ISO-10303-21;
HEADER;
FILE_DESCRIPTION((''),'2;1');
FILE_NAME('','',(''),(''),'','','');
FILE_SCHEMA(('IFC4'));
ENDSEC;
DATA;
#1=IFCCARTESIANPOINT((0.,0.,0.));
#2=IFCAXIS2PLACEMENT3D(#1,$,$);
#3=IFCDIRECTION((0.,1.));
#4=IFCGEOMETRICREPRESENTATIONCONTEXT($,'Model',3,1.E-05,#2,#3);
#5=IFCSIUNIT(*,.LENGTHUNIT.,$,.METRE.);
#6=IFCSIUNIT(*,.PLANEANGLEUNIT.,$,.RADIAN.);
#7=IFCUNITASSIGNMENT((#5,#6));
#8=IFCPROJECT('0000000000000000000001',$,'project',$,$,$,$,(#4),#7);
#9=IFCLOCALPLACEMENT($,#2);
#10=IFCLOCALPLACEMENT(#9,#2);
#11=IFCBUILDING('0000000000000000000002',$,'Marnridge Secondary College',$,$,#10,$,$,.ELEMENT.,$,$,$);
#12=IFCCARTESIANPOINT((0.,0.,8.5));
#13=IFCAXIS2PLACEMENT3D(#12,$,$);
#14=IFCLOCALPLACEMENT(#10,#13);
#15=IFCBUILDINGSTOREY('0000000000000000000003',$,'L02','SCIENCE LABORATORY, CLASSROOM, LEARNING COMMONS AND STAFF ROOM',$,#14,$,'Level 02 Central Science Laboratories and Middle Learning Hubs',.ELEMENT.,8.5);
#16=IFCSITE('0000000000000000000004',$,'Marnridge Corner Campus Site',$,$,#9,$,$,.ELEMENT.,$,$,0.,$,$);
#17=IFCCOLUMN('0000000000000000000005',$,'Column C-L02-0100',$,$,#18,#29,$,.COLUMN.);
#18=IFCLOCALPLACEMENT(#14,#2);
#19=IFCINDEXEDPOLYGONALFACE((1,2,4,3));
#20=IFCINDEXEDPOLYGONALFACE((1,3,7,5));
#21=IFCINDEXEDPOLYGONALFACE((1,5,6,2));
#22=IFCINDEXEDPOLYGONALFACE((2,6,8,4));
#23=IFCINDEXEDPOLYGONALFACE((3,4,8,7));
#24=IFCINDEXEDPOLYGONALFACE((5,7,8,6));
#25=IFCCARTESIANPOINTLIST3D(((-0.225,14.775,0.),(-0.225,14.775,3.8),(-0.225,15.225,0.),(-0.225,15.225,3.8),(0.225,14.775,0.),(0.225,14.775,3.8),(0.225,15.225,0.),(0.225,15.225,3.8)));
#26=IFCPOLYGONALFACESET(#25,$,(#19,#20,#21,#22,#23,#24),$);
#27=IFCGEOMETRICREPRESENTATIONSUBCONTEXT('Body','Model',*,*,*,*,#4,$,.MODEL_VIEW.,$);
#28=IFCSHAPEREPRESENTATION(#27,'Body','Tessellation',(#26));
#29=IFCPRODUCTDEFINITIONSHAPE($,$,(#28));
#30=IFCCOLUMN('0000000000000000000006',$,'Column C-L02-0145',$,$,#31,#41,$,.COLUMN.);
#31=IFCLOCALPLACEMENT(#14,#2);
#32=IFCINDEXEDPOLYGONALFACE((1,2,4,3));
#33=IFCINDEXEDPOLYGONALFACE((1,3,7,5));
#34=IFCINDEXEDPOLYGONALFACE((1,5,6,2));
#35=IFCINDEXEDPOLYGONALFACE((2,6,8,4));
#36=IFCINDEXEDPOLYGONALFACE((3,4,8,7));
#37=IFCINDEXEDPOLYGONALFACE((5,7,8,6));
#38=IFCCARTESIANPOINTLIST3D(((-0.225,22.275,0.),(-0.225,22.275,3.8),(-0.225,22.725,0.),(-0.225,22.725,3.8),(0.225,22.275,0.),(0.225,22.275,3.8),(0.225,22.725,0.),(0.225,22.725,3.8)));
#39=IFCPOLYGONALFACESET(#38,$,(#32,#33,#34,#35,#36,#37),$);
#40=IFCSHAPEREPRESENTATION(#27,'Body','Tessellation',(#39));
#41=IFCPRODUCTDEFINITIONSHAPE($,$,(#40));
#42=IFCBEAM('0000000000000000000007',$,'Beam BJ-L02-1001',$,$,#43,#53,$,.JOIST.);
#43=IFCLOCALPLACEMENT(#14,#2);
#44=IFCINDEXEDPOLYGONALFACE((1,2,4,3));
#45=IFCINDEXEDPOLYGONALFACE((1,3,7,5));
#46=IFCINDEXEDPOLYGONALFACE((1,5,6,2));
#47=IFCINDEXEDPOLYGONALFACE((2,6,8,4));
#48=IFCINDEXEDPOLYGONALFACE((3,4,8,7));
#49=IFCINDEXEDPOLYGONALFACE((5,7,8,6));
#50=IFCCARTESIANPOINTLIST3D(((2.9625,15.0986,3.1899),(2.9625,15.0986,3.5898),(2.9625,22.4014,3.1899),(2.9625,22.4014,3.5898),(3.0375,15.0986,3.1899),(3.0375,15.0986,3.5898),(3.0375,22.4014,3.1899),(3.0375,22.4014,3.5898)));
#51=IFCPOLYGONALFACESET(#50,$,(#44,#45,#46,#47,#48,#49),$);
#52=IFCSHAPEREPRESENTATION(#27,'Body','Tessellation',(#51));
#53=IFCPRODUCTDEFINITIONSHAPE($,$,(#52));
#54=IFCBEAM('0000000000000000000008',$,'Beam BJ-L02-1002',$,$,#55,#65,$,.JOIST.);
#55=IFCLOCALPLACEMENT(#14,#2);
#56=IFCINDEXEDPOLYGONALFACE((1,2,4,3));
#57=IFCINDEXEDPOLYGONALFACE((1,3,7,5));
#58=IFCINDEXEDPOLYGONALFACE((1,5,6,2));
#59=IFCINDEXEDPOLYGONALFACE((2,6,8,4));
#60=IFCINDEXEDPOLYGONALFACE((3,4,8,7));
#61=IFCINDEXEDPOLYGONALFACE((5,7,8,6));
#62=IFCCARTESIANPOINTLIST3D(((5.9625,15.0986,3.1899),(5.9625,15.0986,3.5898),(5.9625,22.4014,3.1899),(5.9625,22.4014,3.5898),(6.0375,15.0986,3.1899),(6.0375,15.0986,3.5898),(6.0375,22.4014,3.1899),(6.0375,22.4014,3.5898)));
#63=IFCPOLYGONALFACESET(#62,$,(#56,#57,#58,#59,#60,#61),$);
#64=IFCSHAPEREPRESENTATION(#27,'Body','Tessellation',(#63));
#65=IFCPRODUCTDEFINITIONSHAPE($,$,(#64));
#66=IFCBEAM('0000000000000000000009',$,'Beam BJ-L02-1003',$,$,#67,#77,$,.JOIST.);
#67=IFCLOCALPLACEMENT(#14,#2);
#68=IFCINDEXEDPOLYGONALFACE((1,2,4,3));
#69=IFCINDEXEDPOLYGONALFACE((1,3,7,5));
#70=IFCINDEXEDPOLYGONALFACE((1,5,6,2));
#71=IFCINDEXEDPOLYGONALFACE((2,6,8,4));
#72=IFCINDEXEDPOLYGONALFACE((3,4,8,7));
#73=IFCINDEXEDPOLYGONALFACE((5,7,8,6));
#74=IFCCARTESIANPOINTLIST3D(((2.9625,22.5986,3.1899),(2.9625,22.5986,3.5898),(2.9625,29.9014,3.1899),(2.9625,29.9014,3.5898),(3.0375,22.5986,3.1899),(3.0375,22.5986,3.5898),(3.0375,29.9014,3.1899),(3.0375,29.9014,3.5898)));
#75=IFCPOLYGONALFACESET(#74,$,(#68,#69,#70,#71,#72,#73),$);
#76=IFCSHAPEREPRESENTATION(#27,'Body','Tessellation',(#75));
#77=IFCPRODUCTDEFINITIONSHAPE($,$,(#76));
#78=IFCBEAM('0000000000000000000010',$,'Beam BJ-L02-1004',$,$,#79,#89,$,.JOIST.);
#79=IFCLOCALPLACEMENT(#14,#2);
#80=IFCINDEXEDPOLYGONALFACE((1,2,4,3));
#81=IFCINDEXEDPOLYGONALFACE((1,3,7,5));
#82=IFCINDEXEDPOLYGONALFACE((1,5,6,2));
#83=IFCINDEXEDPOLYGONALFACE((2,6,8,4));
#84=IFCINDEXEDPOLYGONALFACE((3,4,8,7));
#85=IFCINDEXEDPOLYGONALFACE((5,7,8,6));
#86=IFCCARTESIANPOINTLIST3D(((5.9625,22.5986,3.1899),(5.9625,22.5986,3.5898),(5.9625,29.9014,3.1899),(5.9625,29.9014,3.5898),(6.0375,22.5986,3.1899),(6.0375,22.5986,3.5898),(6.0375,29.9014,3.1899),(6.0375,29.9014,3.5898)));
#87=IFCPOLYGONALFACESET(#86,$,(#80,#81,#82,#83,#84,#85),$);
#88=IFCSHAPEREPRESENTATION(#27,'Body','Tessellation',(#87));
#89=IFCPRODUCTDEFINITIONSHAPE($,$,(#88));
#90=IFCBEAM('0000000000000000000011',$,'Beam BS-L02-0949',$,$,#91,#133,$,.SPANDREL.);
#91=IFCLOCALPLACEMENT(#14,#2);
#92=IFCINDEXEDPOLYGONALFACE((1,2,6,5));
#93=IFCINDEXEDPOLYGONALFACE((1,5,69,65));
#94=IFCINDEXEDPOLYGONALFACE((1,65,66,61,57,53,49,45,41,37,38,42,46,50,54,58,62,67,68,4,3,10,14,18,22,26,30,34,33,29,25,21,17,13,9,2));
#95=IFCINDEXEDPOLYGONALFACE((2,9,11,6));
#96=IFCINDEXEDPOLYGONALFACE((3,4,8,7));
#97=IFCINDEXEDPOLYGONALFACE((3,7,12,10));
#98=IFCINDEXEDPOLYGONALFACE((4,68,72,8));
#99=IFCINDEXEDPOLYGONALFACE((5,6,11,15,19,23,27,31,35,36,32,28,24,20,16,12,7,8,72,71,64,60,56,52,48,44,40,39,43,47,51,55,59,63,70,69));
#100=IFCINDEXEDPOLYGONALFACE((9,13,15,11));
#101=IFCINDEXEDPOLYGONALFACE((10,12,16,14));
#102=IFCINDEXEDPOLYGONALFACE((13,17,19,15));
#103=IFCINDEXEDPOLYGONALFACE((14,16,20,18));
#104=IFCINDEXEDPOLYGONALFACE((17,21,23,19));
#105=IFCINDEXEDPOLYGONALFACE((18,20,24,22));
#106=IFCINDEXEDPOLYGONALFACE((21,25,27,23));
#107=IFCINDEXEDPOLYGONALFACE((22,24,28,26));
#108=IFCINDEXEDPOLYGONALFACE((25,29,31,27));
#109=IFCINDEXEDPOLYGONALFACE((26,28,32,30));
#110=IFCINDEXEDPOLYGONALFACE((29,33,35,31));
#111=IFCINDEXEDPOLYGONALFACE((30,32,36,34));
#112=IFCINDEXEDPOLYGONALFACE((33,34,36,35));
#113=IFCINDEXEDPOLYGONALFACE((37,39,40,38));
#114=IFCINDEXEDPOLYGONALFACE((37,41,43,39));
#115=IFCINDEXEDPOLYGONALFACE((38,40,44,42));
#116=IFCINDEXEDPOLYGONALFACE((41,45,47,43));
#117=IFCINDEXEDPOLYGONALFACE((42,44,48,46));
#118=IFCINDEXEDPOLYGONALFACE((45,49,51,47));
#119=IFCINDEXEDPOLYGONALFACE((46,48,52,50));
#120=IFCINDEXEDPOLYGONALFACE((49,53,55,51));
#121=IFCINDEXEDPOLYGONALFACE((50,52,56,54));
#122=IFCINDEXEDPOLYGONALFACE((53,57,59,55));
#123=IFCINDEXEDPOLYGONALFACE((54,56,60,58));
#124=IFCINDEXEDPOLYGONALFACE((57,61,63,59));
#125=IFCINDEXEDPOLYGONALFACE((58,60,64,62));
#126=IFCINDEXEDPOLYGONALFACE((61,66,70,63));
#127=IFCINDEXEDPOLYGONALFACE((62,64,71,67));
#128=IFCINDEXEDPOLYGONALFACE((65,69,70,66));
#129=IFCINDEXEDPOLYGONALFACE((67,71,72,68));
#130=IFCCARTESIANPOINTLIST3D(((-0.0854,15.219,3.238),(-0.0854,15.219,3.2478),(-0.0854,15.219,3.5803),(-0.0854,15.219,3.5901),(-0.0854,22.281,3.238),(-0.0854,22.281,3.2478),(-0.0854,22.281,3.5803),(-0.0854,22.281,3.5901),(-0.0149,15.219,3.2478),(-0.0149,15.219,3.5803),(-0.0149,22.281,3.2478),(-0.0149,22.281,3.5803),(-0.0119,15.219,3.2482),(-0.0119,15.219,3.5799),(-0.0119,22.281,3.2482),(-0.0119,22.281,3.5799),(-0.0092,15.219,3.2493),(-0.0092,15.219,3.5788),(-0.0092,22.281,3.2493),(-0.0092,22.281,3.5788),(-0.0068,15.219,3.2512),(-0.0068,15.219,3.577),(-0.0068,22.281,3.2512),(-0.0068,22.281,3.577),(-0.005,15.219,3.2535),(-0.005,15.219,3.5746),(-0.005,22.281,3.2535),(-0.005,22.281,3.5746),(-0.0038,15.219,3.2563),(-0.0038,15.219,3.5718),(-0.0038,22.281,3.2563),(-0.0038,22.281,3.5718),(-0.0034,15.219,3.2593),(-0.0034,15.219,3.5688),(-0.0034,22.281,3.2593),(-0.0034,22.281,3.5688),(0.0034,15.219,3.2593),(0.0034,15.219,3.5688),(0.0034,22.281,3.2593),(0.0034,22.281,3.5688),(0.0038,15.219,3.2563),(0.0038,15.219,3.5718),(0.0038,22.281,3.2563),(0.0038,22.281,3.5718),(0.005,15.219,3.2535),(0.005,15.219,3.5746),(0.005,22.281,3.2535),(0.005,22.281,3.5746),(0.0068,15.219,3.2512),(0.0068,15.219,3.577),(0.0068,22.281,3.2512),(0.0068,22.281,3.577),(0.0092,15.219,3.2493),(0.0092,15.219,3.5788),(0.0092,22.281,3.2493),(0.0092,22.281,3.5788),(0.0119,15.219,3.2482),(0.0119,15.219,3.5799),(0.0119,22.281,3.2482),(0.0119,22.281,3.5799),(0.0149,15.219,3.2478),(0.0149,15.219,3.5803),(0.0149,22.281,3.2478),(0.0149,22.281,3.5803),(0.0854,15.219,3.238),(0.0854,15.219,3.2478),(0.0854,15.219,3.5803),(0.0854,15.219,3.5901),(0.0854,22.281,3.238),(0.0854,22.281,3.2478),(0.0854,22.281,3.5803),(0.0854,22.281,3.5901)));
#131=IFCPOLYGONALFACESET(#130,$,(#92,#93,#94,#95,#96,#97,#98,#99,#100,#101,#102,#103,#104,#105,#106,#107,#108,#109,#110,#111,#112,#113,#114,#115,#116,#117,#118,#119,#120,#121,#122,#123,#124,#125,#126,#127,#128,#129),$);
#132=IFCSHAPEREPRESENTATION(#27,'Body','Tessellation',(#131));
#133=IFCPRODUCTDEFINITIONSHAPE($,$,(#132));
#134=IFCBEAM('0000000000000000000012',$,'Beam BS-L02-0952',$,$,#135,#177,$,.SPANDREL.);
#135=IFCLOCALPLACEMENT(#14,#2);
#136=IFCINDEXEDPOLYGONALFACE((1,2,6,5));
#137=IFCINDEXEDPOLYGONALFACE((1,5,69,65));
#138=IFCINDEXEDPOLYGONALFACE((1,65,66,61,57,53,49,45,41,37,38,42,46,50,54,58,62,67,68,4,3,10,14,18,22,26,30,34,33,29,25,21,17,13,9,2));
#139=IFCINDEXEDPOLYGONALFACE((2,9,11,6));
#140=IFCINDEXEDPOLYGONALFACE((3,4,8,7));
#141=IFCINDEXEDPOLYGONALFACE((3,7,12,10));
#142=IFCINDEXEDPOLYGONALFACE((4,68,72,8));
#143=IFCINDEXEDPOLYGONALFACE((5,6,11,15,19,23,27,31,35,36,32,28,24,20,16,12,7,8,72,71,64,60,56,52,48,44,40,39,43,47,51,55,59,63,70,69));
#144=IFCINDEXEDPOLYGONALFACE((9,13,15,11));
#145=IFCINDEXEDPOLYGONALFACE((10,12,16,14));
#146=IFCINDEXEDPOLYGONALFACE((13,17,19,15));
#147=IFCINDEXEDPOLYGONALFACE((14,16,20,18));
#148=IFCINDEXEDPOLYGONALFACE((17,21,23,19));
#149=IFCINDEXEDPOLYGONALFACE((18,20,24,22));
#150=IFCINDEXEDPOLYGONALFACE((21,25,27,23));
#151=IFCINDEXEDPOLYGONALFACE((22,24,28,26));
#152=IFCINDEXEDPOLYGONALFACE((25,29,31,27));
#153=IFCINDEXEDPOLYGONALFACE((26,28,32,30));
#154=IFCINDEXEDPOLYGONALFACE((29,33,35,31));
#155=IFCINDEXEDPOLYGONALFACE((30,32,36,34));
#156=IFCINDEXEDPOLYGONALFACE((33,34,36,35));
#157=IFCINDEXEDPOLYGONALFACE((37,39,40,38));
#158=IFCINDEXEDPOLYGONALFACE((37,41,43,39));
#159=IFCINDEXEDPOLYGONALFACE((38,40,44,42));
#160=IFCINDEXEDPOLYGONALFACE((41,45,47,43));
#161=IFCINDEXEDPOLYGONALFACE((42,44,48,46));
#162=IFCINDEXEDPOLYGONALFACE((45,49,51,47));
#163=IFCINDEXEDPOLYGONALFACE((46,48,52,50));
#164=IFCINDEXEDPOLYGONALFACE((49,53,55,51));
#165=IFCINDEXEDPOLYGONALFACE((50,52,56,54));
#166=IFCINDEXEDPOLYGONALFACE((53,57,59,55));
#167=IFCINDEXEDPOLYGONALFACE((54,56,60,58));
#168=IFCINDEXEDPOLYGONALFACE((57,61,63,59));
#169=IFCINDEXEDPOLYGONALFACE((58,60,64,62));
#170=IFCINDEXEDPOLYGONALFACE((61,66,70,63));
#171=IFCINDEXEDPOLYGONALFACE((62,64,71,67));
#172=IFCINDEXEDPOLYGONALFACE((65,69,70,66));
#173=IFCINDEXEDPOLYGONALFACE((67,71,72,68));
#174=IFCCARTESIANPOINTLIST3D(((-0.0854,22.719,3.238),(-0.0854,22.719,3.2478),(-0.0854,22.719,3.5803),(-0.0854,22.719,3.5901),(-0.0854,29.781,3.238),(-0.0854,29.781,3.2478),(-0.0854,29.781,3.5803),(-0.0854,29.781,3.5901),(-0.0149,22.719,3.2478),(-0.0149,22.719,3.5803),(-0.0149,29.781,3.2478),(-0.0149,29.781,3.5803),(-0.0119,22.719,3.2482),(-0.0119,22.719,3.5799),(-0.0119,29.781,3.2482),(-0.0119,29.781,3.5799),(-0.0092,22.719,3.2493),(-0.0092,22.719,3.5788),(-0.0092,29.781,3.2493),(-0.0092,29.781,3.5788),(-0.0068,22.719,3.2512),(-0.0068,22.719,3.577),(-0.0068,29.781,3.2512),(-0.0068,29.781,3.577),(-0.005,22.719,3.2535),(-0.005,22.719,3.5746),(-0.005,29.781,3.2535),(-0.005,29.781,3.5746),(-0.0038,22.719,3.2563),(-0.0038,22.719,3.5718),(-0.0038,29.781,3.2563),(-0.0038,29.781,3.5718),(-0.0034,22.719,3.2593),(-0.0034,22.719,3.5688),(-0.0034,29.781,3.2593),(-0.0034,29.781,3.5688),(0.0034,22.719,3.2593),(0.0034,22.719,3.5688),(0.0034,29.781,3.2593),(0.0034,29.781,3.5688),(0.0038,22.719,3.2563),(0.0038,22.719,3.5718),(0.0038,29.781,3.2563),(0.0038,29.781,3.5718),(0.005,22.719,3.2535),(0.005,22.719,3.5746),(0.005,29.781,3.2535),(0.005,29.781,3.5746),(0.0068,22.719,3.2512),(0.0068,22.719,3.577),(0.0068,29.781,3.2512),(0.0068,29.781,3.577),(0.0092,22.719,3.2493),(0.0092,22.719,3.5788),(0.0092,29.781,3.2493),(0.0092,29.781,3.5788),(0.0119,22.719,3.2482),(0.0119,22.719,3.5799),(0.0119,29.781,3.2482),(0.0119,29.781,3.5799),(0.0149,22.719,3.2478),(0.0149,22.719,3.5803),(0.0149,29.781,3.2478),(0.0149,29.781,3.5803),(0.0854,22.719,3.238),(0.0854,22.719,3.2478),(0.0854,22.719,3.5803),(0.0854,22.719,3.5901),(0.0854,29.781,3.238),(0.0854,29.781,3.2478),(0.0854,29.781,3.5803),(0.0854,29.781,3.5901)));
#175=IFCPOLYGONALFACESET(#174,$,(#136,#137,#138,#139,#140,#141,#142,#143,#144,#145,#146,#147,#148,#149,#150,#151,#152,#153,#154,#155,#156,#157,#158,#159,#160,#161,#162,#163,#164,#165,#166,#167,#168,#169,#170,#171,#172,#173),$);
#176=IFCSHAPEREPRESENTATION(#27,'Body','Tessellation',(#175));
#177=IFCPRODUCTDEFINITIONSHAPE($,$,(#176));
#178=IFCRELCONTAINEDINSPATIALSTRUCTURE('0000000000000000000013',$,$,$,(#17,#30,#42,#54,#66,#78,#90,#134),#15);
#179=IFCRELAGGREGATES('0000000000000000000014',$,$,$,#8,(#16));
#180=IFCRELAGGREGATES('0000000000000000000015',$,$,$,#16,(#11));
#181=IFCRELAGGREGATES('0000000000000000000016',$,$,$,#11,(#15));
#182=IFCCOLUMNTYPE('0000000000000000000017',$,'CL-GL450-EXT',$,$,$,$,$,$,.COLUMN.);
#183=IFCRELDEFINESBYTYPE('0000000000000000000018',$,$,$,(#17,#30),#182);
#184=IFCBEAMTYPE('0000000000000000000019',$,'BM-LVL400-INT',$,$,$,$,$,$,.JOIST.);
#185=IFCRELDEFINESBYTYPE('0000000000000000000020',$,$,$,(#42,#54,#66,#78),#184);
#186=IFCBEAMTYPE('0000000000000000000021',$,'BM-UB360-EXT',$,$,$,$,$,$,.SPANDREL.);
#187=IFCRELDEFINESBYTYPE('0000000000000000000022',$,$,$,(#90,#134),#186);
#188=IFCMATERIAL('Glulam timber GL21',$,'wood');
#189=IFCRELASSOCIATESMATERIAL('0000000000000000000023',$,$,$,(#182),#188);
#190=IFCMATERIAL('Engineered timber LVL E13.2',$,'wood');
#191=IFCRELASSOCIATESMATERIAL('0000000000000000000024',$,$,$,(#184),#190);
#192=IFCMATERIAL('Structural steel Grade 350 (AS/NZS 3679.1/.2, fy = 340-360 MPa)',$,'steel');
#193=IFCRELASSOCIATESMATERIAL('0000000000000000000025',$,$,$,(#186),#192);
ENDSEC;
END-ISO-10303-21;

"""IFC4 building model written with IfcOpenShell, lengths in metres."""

from ifc_helpers import new_model, si_unit, direction, frame, origin, origin_2d, place, context, subcontext, project, spatial, rectangle, i_section, extrude, material, material_profile, profile_set, type_object, element, save


model = new_model("IFC4")

# Units and contexts
model_context = context("Model", 3, precision=1e-05, world=origin(), true_north=direction((0.0, 1.0)))
body_context = subcontext(model_context, "Body", "Model", "MODEL_VIEW")
ifc_project = project(units=[si_unit("LENGTHUNIT", "METRE"), si_unit("PLANEANGLEUNIT", "RADIAN")], contexts=[model_context])

# Site, building, storey
site_placement = place(None, origin())
site = spatial("IfcSite", under=ifc_project, at=site_placement, Name="Marnridge Corner Campus Site", CompositionType="ELEMENT", RefElevation=0.0)
building_placement = place(site_placement, origin())
building = spatial("IfcBuilding", under=site, at=building_placement, Name="Marnridge Secondary College", CompositionType="ELEMENT")
storey_placement = place(building_placement, frame((0.0, 0.0, 8.5)))
storey = spatial("IfcBuildingStorey", under=building, at=storey_placement, Name="L02", Description="SCIENCE LABORATORY, CLASSROOM, LEARNING COMMONS AND STAFF ROOM", LongName="Level 02 Central Science Laboratories and Middle Learning Hubs", CompositionType="ELEMENT", Elevation=8.5)

# Columns
ifc_material_1 = material(Name="Glulam timber GL21", Category="wood")
ifc_material_profile_1 = material_profile(ifc_material_1, rectangle(XDim=0.45, YDim=0.45, at=origin_2d()), Name="GL21 450x450")
ifc_profile_set_1 = profile_set([ifc_material_profile_1], Name="Glulam timber GL21")
column_type = type_object("IfcColumnType", Name="CL-GL450-EXT", PredefinedType="COLUMN", material=ifc_profile_set_1)
for number, where, z_axis, x_axis, name in (
    (1, (0.0, 15.0, 0.0), (0.0, 0.0, 1.0), (1.0, 0.0, 0.0), "Column C-L02-0100"),
    (2, (0.0, 22.5, 0.0), (0.0, 0.0, 1.0), (1.0, 0.0, 0.0), "Column C-L02-0145"),
):
    element("IfcColumn", number, at=place(storey_placement, frame(where, z_axis=z_axis, x_axis=x_axis)), inside=storey, type_object=column_type, Name=name, PredefinedType="COLUMN", context=body_context, shape_type="SweptSolid", body=[
        extrude(rectangle(XDim=0.45, YDim=0.45, at=origin_2d()), origin(), (0.0, 0.0, 1.0), 3.8),
    ])

# Beams
ifc_material_2 = material(Name="Engineered timber LVL E13.2", Category="wood")
ifc_material_profile_2 = material_profile(ifc_material_2, rectangle(XDim=0.075, YDim=0.3999, at=origin_2d()), Name="LVL 75x400")
ifc_profile_set_2 = profile_set([ifc_material_profile_2], Name="Engineered timber LVL E13.2")
beam_type_1 = type_object("IfcBeamType", Name="BM-LVL400-INT", PredefinedType="JOIST", material=ifc_profile_set_2)
for number, where, z_axis, x_axis, name in (
    (3, (3.0, 15.0986, 3.3899), (0.0, 1.0, 0.0), (-1.0, 0.0, 0.0), "Beam BJ-L02-1001"),
    (4, (6.0, 15.0986, 3.3899), (0.0, 1.0, 0.0), (-1.0, 0.0, 0.0), "Beam BJ-L02-1002"),
    (5, (3.0, 22.5986, 3.3899), (0.0, 1.0, 0.0), (-1.0, 0.0, 0.0), "Beam BJ-L02-1003"),
    (6, (6.0, 22.5986, 3.3899), (0.0, 1.0, 0.0), (-1.0, 0.0, 0.0), "Beam BJ-L02-1004"),
):
    element("IfcBeam", number, at=place(storey_placement, frame(where, z_axis=z_axis, x_axis=x_axis)), inside=storey, type_object=beam_type_1, Name=name, PredefinedType="JOIST", context=body_context, shape_type="SweptSolid", body=[
        extrude(rectangle(XDim=0.075, YDim=0.3999, at=origin_2d()), origin(), (0.0, 0.0, 1.0), 7.3027),
    ])
ifc_material_3 = material(Name="Structural steel Grade 350 (AS/NZS 3679.1/.2, fy = 340-360 MPa)", Category="steel")
ifc_material_profile_3 = material_profile(ifc_material_3, i_section(OverallWidth=0.1709, OverallDepth=0.3521, WebThickness=0.0068, FlangeThickness=0.0098, FilletRadius=0.0115, at=origin_2d()), Name="360UB44.7")
ifc_profile_set_3 = profile_set([ifc_material_profile_3], Name="Structural steel Grade 350 (AS/NZS 3679.1/.2, fy = 340-360 MPa)")
beam_type_2 = type_object("IfcBeamType", Name="BM-UB360-EXT", PredefinedType="SPANDREL", material=ifc_profile_set_3)
for number, where, z_axis, x_axis, name in (
    (7, (0.0, 15.219, 3.4141), (0.0, 1.0, 0.0), (-1.0, 0.0, 0.0), "Beam BS-L02-0949"),
    (8, (0.0, 22.719, 3.4141), (0.0, 1.0, 0.0), (-1.0, 0.0, 0.0), "Beam BS-L02-0952"),
):
    element("IfcBeam", number, at=place(storey_placement, frame(where, z_axis=z_axis, x_axis=x_axis)), inside=storey, type_object=beam_type_2, Name=name, PredefinedType="SPANDREL", context=body_context, shape_type="SweptSolid", body=[
        extrude(i_section(OverallWidth=0.1709, OverallDepth=0.3521, WebThickness=0.0068, FlangeThickness=0.0098, FilletRadius=0.0115, at=origin_2d()), origin(), (0.0, 0.0, 1.0), 7.062),
    ])

save(model, "model.ifc")
